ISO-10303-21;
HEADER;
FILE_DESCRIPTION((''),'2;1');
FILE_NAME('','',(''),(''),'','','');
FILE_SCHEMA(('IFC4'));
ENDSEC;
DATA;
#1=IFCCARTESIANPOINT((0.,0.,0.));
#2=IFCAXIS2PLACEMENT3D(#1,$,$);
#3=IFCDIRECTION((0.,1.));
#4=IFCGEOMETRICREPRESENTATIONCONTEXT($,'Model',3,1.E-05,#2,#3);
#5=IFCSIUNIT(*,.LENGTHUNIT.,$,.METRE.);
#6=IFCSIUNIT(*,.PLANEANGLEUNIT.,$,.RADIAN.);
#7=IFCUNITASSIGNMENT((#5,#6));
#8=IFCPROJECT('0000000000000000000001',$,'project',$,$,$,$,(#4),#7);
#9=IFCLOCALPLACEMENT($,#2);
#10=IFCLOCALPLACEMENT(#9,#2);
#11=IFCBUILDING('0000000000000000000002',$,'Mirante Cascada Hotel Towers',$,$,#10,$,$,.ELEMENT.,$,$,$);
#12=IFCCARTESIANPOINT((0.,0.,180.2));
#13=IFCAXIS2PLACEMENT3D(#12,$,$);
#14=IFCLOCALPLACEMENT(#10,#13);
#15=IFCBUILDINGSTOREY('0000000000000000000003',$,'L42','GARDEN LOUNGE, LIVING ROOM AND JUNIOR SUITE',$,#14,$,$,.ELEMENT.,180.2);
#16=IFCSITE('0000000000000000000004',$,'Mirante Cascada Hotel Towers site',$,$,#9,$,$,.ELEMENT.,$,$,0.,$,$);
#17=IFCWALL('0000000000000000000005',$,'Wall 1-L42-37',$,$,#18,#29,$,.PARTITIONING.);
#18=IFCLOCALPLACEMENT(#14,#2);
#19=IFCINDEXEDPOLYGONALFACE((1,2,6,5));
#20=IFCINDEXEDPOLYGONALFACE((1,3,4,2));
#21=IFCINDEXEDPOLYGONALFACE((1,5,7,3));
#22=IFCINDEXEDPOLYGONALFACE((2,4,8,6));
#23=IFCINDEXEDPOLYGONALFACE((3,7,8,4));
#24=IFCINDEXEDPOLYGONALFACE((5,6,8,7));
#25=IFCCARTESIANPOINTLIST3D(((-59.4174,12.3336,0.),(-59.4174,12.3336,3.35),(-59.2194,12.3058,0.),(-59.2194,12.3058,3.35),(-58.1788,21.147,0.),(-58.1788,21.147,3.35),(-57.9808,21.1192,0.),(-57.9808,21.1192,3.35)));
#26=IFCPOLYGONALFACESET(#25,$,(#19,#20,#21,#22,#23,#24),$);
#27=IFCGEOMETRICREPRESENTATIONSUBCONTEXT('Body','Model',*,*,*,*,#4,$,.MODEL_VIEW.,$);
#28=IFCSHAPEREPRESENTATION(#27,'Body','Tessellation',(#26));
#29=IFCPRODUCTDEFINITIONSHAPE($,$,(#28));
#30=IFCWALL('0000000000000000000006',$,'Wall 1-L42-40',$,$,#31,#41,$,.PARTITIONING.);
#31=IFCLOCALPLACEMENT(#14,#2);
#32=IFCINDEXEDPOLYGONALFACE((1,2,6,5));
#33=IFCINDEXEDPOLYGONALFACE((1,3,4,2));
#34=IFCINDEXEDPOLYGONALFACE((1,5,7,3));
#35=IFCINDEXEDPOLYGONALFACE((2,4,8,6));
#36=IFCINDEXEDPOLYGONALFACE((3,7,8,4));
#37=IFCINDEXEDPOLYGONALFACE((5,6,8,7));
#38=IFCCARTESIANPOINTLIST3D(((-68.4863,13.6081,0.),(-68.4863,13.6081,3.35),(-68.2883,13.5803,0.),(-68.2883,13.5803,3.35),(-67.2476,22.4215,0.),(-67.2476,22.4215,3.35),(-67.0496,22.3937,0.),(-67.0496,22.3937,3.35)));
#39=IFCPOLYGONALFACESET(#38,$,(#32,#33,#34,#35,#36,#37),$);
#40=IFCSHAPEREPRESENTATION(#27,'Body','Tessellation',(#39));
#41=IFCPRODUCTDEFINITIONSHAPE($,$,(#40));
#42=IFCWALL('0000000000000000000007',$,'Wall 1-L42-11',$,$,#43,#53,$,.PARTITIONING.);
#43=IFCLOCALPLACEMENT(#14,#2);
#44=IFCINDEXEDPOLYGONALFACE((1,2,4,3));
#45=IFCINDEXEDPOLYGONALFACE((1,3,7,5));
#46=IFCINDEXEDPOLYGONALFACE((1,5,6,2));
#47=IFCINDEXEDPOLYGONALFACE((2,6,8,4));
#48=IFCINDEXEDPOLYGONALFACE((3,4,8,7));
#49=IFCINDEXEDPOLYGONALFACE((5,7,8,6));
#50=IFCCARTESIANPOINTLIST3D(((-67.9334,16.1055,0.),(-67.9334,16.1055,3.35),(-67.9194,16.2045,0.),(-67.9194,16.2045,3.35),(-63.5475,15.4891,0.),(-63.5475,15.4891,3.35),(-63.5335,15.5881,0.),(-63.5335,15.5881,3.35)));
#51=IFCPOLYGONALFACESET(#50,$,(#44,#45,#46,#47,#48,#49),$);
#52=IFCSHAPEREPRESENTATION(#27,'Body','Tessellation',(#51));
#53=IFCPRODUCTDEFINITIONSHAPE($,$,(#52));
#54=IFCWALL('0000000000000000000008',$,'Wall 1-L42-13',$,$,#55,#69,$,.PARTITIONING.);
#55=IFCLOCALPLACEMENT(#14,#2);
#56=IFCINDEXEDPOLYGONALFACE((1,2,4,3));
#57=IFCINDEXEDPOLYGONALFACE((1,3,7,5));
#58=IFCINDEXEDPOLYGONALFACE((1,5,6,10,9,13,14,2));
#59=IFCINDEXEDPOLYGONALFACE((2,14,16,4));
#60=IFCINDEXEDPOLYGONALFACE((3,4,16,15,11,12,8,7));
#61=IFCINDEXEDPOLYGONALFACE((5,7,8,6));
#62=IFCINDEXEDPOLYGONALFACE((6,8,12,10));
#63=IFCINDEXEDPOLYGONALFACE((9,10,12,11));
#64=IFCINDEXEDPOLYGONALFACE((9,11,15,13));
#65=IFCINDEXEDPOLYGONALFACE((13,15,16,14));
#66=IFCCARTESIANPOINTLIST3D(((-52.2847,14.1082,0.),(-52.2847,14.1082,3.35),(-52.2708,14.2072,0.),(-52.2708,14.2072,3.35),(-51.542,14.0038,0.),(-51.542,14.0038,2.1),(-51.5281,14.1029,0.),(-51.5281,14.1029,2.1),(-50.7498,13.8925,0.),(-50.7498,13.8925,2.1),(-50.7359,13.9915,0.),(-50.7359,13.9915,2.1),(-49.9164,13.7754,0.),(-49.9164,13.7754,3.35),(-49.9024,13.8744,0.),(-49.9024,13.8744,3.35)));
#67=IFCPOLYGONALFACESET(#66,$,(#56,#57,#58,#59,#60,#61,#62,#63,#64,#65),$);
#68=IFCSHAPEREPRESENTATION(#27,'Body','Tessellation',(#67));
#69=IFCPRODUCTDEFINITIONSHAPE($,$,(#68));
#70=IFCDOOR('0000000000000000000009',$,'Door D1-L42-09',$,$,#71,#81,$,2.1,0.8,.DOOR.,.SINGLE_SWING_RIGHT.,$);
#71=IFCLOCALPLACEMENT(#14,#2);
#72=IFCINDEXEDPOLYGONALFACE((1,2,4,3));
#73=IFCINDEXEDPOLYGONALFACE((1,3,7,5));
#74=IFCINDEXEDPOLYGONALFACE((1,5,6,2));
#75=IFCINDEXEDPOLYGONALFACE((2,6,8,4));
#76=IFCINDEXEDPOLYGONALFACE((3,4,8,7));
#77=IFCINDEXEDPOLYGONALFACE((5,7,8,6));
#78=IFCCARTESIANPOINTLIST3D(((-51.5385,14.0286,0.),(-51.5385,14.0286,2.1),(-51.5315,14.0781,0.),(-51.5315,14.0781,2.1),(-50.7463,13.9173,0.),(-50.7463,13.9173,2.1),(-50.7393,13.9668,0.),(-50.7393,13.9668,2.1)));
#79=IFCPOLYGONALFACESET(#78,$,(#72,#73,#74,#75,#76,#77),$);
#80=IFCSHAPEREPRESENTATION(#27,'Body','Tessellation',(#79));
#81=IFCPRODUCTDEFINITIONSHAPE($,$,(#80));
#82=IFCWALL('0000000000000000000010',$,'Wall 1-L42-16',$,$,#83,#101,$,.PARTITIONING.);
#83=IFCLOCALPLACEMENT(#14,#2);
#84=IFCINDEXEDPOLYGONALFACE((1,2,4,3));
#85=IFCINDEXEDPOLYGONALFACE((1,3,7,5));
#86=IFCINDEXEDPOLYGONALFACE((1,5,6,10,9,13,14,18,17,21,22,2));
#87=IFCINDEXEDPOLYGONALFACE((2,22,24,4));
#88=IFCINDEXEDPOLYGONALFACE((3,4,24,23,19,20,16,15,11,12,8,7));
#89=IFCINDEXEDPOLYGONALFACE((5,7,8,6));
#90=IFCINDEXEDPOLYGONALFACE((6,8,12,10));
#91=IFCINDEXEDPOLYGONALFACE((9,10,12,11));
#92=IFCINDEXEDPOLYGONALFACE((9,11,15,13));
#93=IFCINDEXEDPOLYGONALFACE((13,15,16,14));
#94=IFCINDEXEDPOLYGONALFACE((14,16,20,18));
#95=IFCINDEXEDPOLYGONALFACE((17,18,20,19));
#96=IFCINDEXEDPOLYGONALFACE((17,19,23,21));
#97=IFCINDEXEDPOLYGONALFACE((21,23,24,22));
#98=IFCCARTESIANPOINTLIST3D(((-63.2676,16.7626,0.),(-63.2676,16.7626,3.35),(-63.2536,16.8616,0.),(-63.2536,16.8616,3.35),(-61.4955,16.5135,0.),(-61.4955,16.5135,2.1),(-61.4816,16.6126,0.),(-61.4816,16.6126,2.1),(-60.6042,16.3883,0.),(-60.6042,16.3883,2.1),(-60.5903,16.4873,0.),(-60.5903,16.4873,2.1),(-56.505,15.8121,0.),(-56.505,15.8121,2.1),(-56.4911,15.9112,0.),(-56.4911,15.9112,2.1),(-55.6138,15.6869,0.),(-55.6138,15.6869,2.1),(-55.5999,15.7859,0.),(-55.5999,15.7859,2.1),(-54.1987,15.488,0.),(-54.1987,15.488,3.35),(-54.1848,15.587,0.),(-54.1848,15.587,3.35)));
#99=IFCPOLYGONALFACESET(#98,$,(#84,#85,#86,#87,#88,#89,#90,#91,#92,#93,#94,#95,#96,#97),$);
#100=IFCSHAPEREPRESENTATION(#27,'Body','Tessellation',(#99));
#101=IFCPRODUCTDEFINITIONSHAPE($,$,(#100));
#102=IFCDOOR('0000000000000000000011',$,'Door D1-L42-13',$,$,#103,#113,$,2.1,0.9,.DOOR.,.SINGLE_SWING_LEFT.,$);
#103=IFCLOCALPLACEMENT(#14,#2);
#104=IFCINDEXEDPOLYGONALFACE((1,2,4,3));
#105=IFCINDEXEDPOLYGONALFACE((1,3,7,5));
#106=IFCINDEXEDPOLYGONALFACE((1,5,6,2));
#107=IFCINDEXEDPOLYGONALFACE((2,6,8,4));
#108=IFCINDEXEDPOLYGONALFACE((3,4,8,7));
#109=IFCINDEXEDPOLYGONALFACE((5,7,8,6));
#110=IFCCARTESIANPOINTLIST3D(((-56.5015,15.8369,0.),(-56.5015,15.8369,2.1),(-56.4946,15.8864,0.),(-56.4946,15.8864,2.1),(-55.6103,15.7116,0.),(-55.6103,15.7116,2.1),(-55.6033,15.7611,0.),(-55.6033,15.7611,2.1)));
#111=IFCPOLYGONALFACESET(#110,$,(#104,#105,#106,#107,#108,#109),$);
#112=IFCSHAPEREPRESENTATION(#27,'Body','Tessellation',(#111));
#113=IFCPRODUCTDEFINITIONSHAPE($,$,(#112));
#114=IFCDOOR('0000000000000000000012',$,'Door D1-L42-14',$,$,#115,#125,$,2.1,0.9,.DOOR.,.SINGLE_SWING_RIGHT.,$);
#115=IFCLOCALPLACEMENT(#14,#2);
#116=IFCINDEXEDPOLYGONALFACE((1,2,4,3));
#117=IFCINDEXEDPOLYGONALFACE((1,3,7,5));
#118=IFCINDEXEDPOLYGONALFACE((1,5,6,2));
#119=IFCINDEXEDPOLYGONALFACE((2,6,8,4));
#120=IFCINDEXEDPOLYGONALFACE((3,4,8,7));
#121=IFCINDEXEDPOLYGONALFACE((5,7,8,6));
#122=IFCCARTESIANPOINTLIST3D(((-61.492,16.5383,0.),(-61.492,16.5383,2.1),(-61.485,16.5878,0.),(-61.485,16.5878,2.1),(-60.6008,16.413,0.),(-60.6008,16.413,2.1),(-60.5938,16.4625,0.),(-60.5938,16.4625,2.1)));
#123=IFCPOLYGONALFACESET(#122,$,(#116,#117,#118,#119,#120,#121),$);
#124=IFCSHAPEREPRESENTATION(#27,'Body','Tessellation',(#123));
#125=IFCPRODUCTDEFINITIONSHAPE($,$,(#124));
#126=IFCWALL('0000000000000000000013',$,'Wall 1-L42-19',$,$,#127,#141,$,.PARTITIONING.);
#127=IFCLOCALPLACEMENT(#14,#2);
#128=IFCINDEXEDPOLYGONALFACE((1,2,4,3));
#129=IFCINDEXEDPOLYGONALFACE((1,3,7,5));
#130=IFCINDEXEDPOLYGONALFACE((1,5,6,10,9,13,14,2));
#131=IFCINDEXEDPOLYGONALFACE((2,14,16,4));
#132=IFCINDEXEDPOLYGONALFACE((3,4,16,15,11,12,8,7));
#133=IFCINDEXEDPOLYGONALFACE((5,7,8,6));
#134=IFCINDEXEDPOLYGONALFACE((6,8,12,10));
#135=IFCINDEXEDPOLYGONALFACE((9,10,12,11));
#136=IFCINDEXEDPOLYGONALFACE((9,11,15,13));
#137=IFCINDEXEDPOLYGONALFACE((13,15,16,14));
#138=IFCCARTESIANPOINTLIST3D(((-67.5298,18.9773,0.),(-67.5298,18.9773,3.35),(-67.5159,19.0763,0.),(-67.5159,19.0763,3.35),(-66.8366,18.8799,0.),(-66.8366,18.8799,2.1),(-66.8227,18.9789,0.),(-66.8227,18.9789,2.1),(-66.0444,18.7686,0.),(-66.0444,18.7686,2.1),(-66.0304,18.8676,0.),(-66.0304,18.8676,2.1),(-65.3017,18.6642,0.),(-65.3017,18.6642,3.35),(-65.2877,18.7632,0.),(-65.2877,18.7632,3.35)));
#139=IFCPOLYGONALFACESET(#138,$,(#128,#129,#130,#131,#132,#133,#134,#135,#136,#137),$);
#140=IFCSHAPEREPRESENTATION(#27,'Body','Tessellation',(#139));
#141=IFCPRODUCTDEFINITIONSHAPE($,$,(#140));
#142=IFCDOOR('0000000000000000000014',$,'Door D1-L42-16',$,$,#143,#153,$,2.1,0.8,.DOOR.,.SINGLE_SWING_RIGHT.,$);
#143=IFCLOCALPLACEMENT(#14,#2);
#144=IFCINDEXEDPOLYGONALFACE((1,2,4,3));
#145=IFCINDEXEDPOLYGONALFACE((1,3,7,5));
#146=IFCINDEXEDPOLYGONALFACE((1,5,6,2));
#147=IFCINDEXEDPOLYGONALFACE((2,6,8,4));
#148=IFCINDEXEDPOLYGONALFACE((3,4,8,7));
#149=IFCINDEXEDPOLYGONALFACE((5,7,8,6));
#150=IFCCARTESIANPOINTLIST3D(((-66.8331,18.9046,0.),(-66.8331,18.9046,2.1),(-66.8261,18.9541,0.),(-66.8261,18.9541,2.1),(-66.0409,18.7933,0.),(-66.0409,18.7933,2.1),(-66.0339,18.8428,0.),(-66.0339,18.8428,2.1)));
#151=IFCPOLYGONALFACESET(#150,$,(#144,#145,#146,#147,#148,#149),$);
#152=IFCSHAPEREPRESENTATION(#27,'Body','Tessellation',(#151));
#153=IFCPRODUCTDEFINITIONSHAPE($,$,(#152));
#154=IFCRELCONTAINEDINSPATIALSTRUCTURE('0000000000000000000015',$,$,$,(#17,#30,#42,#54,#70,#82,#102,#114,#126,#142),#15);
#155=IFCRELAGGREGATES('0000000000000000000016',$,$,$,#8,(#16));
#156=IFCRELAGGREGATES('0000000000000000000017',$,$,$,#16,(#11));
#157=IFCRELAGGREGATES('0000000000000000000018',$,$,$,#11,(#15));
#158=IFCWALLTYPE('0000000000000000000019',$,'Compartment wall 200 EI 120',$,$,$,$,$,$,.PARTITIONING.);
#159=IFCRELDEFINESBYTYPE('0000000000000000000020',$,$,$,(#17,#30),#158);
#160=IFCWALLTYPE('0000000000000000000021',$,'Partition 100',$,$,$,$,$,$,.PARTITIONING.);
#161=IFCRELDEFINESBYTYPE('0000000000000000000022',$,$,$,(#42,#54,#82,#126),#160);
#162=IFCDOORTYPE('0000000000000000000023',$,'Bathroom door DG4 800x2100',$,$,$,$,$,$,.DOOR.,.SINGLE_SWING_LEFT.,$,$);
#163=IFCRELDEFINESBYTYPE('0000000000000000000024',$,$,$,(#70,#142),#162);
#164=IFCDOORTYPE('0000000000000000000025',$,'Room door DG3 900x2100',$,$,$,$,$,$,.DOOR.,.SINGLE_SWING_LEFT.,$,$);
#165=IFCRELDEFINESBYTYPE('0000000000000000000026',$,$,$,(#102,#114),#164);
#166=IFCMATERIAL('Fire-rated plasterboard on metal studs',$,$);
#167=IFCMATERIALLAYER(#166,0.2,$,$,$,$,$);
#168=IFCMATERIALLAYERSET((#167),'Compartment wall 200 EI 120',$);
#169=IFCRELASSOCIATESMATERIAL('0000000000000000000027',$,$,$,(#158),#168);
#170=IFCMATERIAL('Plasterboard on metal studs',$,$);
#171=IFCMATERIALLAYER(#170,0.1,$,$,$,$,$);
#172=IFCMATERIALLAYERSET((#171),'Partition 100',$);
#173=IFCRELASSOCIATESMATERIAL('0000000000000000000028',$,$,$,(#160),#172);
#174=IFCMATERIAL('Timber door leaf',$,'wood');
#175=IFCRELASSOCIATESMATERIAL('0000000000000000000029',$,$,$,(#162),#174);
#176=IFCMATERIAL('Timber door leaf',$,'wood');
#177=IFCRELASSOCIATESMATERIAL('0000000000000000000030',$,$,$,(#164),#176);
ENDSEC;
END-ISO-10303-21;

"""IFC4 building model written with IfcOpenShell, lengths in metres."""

from ifc_helpers import new_model, si_unit, direction, frame, frame_2d, origin, place, context, subcontext, project, spatial, rectangle, extrude, material, layer, layer_set, type_object, element, fill, save


model = new_model("IFC4")

# Units and contexts
model_context = context("Model", 3, precision=1e-05, world=origin(), true_north=direction((0.0, 1.0)))
body_context = subcontext(model_context, "Body", "Model", "MODEL_VIEW")
ifc_project = project(units=[si_unit("LENGTHUNIT", "METRE"), si_unit("PLANEANGLEUNIT", "RADIAN")], contexts=[model_context])

# Site, building, storey
site_placement = place(None, origin())
site = spatial("IfcSite", under=ifc_project, at=site_placement, Name="Mirante Cascada Hotel Towers site", CompositionType="ELEMENT", RefElevation=0.0)
building_placement = place(site_placement, origin())
building = spatial("IfcBuilding", under=site, at=building_placement, Name="Mirante Cascada Hotel Towers", CompositionType="ELEMENT")
storey_placement = place(building_placement, frame((0.0, 0.0, 180.2)))
storey = spatial("IfcBuildingStorey", under=building, at=storey_placement, Name="L42", Description="GARDEN LOUNGE, LIVING ROOM AND JUNIOR SUITE", CompositionType="ELEMENT", Elevation=180.2)

# Walls
ifc_material_1 = material(Name="Fire-rated plasterboard on metal studs")
ifc_layer_1 = layer(ifc_material_1, 0.2)
ifc_layer_set_1 = layer_set([ifc_layer_1], Name="Compartment wall 200 EI 120")
wall_type_1 = type_object("IfcWallType", Name="Compartment wall 200 EI 120", PredefinedType="PARTITIONING", material=ifc_layer_set_1)
for number, where, z_axis, x_axis, name in (
    (1, (-59.3184, 12.3197, 0.0), (0.0, 0.0, 1.0), (0.139168, 0.990269, 0.0), "Wall 1-L42-37"),
    (2, (-67.1486, 22.4076, 0.0), (0.0, 0.0, 1.0), (-0.139179, -0.990267, 0.0), "Wall 1-L42-40"),
):
    element("IfcWall", number, at=place(storey_placement, frame(where, z_axis=z_axis, x_axis=x_axis)), inside=storey, type_object=wall_type_1, Name=name, PredefinedType="PARTITIONING", context=body_context, shape_type="SweptSolid", body=[
        extrude(rectangle(XDim=8.9, YDim=0.2, at=frame_2d((4.45, 0.0))), origin(), (0.0, 0.0, 1.0), 3.35),
    ])
ifc_material_2 = material(Name="Plasterboard on metal studs")
ifc_layer_2 = layer(ifc_material_2, 0.1)
ifc_layer_set_2 = layer_set([ifc_layer_2], Name="Partition 100")
wall_type_2 = type_object("IfcWallType", Name="Partition 100", PredefinedType="PARTITIONING", material=ifc_layer_set_2)
wall_1_placement = place(storey_placement, frame((-63.5405, 15.5386, 0.0), z_axis=(0.0, 0.0, 1.0), x_axis=(-0.990268, 0.139174, 0.0)))
element("IfcWall", 3, at=wall_1_placement, inside=storey, type_object=wall_type_2, Name="Wall 1-L42-11", PredefinedType="PARTITIONING", context=body_context, shape_type="SweptSolid", body=[
    extrude(rectangle(XDim=4.429, YDim=0.1, at=frame_2d((2.2145, 0.0))), origin(), (0.0, 0.0, 1.0), 3.35),
])

# Wall, opening, door
wall_2_placement = place(storey_placement, frame((-49.9094, 13.8249, 0.0), z_axis=(0.0, 0.0, 1.0), x_axis=(-0.990271, 0.139155, 0.0)))
wall_2 = element("IfcWall", 4, at=wall_2_placement, inside=storey, type_object=wall_type_2, Name="Wall 1-L42-13", PredefinedType="PARTITIONING", context=body_context, shape_type="SweptSolid", body=[
    extrude(rectangle(XDim=2.3916, YDim=0.1, at=frame_2d((1.1958, 0.0))), origin(), (0.0, 0.0, 1.0), 3.35),
])
opening_1_placement = place(wall_2_placement, frame((0.8416, 0.0, 0.0)))
opening_1 = element("IfcOpeningElement", 5, at=opening_1_placement, cuts=wall_2, PredefinedType="OPENING", context=body_context, shape_type="SweptSolid", body=[
    extrude(rectangle(XDim=0.8, YDim=2.1, at=frame_2d((0.4, 1.05))), frame((0.0, 0.05, 0.0), z_axis=(0.0, -1.0, 0.0), x_axis=(1.0, 0.0, 0.0)), (0.0, 0.0, 1.0), 0.1),
])
ifc_material_3 = material(Name="Timber door leaf", Category="wood")
door_type_1 = type_object("IfcDoorType", Name="Bathroom door DG4 800x2100", OperationType="SINGLE_SWING_LEFT", PredefinedType="DOOR", material=ifc_material_3)
door_1_placement = place(opening_1_placement, frame((0.8, 0.0, 0.0), z_axis=(0.0, 0.0, 1.0), x_axis=(-1.0, 0.0, 0.0)))
door_1 = element("IfcDoor", 6, at=door_1_placement, inside=storey, type_object=door_type_1, Name="Door D1-L42-09", OperationType="SINGLE_SWING_RIGHT", OverallHeight=2.1, OverallWidth=0.8, PredefinedType="DOOR", context=body_context, shape_type="SweptSolid", body=[
    extrude(rectangle(XDim=0.8, YDim=2.1, at=frame_2d((0.4, 1.05))), frame((0.0, 0.025, 0.0), z_axis=(0.0, -1.0, 0.0), x_axis=(1.0, 0.0, 0.0)), (0.0, 0.0, 1.0), 0.05),
])
fill(opening_1, door_1)

# Wall, openings, doors
wall_3_placement = place(storey_placement, frame((-63.2606, 16.8121, 0.0), z_axis=(0.0, 0.0, 1.0), x_axis=(0.990267, -0.139178, 0.0)))
wall_3 = element("IfcWall", 7, at=wall_3_placement, inside=storey, type_object=wall_type_2, Name="Wall 1-L42-16", PredefinedType="PARTITIONING", context=body_context, shape_type="SweptSolid", body=[
    extrude(rectangle(XDim=9.158, YDim=0.1, at=frame_2d((4.579, 0.0))), origin(), (0.0, 0.0, 1.0), 3.35),
])
opening_2_placement = place(wall_3_placement, frame((6.829, 0.0, 0.0)))
opening_2 = element("IfcOpeningElement", 8, at=opening_2_placement, cuts=wall_3, PredefinedType="OPENING", context=body_context, shape_type="SweptSolid", body=[
    extrude(rectangle(XDim=0.9, YDim=2.1, at=frame_2d((0.45, 1.05))), frame((0.0, 0.05, 0.0), z_axis=(0.0, -1.0, 0.0), x_axis=(1.0, 0.0, 0.0)), (0.0, 0.0, 1.0), 0.1),
])
opening_3_placement = place(wall_3_placement, frame((1.7895, 0.0, 0.0)))
opening_3 = element("IfcOpeningElement", 9, at=opening_3_placement, cuts=wall_3, PredefinedType="OPENING", context=body_context, shape_type="SweptSolid", body=[
    extrude(rectangle(XDim=0.9, YDim=2.1, at=frame_2d((0.45, 1.05))), frame((0.0, 0.05, 0.0), z_axis=(0.0, -1.0, 0.0), x_axis=(1.0, 0.0, 0.0)), (0.0, 0.0, 1.0), 0.1),
])
ifc_material_4 = material(Name="Timber door leaf", Category="wood")
door_type_2 = type_object("IfcDoorType", Name="Room door DG3 900x2100", OperationType="SINGLE_SWING_LEFT", PredefinedType="DOOR", material=ifc_material_4)
door_2_placement = place(opening_2_placement, origin())
door_2 = element("IfcDoor", 10, at=door_2_placement, inside=storey, type_object=door_type_2, Name="Door D1-L42-13", OperationType="SINGLE_SWING_LEFT", OverallHeight=2.1, OverallWidth=0.9, PredefinedType="DOOR", context=body_context, shape_type="SweptSolid", body=[
    extrude(rectangle(XDim=0.9, YDim=2.1, at=frame_2d((0.45, 1.05))), frame((0.0, 0.025, 0.0), z_axis=(0.0, -1.0, 0.0), x_axis=(1.0, 0.0, 0.0)), (0.0, 0.0, 1.0), 0.05),
])
fill(opening_2, door_2)
door_3_placement = place(opening_3_placement, frame((0.9, 0.0, 0.0), z_axis=(0.0, 0.0, 1.0), x_axis=(-1.0, 0.0, 0.0)))
door_3 = element("IfcDoor", 11, at=door_3_placement, inside=storey, type_object=door_type_2, Name="Door D1-L42-14", OperationType="SINGLE_SWING_RIGHT", OverallHeight=2.1, OverallWidth=0.9, PredefinedType="DOOR", context=body_context, shape_type="SweptSolid", body=[
    extrude(rectangle(XDim=0.9, YDim=2.1, at=frame_2d((0.45, 1.05))), frame((0.0, 0.025, 0.0), z_axis=(0.0, -1.0, 0.0), x_axis=(1.0, 0.0, 0.0)), (0.0, 0.0, 1.0), 0.05),
])
fill(opening_3, door_3)

# Wall, opening, door
wall_4_placement = place(storey_placement, frame((-65.2947, 18.7137, 0.0), z_axis=(0.0, 0.0, 1.0), x_axis=(-0.990271, 0.139156, 0.0)))
wall_4 = element("IfcWall", 12, at=wall_4_placement, inside=storey, type_object=wall_type_2, Name="Wall 1-L42-19", PredefinedType="PARTITIONING", context=body_context, shape_type="SweptSolid", body=[
    extrude(rectangle(XDim=2.25, YDim=0.1, at=frame_2d((1.125, 0.0))), origin(), (0.0, 0.0, 1.0), 3.35),
])
opening_4_placement = place(wall_4_placement, frame((0.75, 0.0, 0.0)))
opening_4 = element("IfcOpeningElement", 13, at=opening_4_placement, cuts=wall_4, PredefinedType="OPENING", context=body_context, shape_type="SweptSolid", body=[
    extrude(rectangle(XDim=0.8, YDim=2.1, at=frame_2d((0.4, 1.05))), frame((0.0, 0.05, 0.0), z_axis=(0.0, -1.0, 0.0), x_axis=(1.0, 0.0, 0.0)), (0.0, 0.0, 1.0), 0.1),
])
door_4_placement = place(opening_4_placement, frame((0.8, 0.0, 0.0), z_axis=(0.0, 0.0, 1.0), x_axis=(-1.0, 0.0, 0.0)))
door_4 = element("IfcDoor", 14, at=door_4_placement, inside=storey, type_object=door_type_1, Name="Door D1-L42-16", OperationType="SINGLE_SWING_RIGHT", OverallHeight=2.1, OverallWidth=0.8, PredefinedType="DOOR", context=body_context, shape_type="SweptSolid", body=[
    extrude(rectangle(XDim=0.8, YDim=2.1, at=frame_2d((0.4, 1.05))), frame((0.0, 0.025, 0.0), z_axis=(0.0, -1.0, 0.0), x_axis=(1.0, 0.0, 0.0)), (0.0, 0.0, 1.0), 0.05),
])
fill(opening_4, door_4)

save(model, "model.ifc")
